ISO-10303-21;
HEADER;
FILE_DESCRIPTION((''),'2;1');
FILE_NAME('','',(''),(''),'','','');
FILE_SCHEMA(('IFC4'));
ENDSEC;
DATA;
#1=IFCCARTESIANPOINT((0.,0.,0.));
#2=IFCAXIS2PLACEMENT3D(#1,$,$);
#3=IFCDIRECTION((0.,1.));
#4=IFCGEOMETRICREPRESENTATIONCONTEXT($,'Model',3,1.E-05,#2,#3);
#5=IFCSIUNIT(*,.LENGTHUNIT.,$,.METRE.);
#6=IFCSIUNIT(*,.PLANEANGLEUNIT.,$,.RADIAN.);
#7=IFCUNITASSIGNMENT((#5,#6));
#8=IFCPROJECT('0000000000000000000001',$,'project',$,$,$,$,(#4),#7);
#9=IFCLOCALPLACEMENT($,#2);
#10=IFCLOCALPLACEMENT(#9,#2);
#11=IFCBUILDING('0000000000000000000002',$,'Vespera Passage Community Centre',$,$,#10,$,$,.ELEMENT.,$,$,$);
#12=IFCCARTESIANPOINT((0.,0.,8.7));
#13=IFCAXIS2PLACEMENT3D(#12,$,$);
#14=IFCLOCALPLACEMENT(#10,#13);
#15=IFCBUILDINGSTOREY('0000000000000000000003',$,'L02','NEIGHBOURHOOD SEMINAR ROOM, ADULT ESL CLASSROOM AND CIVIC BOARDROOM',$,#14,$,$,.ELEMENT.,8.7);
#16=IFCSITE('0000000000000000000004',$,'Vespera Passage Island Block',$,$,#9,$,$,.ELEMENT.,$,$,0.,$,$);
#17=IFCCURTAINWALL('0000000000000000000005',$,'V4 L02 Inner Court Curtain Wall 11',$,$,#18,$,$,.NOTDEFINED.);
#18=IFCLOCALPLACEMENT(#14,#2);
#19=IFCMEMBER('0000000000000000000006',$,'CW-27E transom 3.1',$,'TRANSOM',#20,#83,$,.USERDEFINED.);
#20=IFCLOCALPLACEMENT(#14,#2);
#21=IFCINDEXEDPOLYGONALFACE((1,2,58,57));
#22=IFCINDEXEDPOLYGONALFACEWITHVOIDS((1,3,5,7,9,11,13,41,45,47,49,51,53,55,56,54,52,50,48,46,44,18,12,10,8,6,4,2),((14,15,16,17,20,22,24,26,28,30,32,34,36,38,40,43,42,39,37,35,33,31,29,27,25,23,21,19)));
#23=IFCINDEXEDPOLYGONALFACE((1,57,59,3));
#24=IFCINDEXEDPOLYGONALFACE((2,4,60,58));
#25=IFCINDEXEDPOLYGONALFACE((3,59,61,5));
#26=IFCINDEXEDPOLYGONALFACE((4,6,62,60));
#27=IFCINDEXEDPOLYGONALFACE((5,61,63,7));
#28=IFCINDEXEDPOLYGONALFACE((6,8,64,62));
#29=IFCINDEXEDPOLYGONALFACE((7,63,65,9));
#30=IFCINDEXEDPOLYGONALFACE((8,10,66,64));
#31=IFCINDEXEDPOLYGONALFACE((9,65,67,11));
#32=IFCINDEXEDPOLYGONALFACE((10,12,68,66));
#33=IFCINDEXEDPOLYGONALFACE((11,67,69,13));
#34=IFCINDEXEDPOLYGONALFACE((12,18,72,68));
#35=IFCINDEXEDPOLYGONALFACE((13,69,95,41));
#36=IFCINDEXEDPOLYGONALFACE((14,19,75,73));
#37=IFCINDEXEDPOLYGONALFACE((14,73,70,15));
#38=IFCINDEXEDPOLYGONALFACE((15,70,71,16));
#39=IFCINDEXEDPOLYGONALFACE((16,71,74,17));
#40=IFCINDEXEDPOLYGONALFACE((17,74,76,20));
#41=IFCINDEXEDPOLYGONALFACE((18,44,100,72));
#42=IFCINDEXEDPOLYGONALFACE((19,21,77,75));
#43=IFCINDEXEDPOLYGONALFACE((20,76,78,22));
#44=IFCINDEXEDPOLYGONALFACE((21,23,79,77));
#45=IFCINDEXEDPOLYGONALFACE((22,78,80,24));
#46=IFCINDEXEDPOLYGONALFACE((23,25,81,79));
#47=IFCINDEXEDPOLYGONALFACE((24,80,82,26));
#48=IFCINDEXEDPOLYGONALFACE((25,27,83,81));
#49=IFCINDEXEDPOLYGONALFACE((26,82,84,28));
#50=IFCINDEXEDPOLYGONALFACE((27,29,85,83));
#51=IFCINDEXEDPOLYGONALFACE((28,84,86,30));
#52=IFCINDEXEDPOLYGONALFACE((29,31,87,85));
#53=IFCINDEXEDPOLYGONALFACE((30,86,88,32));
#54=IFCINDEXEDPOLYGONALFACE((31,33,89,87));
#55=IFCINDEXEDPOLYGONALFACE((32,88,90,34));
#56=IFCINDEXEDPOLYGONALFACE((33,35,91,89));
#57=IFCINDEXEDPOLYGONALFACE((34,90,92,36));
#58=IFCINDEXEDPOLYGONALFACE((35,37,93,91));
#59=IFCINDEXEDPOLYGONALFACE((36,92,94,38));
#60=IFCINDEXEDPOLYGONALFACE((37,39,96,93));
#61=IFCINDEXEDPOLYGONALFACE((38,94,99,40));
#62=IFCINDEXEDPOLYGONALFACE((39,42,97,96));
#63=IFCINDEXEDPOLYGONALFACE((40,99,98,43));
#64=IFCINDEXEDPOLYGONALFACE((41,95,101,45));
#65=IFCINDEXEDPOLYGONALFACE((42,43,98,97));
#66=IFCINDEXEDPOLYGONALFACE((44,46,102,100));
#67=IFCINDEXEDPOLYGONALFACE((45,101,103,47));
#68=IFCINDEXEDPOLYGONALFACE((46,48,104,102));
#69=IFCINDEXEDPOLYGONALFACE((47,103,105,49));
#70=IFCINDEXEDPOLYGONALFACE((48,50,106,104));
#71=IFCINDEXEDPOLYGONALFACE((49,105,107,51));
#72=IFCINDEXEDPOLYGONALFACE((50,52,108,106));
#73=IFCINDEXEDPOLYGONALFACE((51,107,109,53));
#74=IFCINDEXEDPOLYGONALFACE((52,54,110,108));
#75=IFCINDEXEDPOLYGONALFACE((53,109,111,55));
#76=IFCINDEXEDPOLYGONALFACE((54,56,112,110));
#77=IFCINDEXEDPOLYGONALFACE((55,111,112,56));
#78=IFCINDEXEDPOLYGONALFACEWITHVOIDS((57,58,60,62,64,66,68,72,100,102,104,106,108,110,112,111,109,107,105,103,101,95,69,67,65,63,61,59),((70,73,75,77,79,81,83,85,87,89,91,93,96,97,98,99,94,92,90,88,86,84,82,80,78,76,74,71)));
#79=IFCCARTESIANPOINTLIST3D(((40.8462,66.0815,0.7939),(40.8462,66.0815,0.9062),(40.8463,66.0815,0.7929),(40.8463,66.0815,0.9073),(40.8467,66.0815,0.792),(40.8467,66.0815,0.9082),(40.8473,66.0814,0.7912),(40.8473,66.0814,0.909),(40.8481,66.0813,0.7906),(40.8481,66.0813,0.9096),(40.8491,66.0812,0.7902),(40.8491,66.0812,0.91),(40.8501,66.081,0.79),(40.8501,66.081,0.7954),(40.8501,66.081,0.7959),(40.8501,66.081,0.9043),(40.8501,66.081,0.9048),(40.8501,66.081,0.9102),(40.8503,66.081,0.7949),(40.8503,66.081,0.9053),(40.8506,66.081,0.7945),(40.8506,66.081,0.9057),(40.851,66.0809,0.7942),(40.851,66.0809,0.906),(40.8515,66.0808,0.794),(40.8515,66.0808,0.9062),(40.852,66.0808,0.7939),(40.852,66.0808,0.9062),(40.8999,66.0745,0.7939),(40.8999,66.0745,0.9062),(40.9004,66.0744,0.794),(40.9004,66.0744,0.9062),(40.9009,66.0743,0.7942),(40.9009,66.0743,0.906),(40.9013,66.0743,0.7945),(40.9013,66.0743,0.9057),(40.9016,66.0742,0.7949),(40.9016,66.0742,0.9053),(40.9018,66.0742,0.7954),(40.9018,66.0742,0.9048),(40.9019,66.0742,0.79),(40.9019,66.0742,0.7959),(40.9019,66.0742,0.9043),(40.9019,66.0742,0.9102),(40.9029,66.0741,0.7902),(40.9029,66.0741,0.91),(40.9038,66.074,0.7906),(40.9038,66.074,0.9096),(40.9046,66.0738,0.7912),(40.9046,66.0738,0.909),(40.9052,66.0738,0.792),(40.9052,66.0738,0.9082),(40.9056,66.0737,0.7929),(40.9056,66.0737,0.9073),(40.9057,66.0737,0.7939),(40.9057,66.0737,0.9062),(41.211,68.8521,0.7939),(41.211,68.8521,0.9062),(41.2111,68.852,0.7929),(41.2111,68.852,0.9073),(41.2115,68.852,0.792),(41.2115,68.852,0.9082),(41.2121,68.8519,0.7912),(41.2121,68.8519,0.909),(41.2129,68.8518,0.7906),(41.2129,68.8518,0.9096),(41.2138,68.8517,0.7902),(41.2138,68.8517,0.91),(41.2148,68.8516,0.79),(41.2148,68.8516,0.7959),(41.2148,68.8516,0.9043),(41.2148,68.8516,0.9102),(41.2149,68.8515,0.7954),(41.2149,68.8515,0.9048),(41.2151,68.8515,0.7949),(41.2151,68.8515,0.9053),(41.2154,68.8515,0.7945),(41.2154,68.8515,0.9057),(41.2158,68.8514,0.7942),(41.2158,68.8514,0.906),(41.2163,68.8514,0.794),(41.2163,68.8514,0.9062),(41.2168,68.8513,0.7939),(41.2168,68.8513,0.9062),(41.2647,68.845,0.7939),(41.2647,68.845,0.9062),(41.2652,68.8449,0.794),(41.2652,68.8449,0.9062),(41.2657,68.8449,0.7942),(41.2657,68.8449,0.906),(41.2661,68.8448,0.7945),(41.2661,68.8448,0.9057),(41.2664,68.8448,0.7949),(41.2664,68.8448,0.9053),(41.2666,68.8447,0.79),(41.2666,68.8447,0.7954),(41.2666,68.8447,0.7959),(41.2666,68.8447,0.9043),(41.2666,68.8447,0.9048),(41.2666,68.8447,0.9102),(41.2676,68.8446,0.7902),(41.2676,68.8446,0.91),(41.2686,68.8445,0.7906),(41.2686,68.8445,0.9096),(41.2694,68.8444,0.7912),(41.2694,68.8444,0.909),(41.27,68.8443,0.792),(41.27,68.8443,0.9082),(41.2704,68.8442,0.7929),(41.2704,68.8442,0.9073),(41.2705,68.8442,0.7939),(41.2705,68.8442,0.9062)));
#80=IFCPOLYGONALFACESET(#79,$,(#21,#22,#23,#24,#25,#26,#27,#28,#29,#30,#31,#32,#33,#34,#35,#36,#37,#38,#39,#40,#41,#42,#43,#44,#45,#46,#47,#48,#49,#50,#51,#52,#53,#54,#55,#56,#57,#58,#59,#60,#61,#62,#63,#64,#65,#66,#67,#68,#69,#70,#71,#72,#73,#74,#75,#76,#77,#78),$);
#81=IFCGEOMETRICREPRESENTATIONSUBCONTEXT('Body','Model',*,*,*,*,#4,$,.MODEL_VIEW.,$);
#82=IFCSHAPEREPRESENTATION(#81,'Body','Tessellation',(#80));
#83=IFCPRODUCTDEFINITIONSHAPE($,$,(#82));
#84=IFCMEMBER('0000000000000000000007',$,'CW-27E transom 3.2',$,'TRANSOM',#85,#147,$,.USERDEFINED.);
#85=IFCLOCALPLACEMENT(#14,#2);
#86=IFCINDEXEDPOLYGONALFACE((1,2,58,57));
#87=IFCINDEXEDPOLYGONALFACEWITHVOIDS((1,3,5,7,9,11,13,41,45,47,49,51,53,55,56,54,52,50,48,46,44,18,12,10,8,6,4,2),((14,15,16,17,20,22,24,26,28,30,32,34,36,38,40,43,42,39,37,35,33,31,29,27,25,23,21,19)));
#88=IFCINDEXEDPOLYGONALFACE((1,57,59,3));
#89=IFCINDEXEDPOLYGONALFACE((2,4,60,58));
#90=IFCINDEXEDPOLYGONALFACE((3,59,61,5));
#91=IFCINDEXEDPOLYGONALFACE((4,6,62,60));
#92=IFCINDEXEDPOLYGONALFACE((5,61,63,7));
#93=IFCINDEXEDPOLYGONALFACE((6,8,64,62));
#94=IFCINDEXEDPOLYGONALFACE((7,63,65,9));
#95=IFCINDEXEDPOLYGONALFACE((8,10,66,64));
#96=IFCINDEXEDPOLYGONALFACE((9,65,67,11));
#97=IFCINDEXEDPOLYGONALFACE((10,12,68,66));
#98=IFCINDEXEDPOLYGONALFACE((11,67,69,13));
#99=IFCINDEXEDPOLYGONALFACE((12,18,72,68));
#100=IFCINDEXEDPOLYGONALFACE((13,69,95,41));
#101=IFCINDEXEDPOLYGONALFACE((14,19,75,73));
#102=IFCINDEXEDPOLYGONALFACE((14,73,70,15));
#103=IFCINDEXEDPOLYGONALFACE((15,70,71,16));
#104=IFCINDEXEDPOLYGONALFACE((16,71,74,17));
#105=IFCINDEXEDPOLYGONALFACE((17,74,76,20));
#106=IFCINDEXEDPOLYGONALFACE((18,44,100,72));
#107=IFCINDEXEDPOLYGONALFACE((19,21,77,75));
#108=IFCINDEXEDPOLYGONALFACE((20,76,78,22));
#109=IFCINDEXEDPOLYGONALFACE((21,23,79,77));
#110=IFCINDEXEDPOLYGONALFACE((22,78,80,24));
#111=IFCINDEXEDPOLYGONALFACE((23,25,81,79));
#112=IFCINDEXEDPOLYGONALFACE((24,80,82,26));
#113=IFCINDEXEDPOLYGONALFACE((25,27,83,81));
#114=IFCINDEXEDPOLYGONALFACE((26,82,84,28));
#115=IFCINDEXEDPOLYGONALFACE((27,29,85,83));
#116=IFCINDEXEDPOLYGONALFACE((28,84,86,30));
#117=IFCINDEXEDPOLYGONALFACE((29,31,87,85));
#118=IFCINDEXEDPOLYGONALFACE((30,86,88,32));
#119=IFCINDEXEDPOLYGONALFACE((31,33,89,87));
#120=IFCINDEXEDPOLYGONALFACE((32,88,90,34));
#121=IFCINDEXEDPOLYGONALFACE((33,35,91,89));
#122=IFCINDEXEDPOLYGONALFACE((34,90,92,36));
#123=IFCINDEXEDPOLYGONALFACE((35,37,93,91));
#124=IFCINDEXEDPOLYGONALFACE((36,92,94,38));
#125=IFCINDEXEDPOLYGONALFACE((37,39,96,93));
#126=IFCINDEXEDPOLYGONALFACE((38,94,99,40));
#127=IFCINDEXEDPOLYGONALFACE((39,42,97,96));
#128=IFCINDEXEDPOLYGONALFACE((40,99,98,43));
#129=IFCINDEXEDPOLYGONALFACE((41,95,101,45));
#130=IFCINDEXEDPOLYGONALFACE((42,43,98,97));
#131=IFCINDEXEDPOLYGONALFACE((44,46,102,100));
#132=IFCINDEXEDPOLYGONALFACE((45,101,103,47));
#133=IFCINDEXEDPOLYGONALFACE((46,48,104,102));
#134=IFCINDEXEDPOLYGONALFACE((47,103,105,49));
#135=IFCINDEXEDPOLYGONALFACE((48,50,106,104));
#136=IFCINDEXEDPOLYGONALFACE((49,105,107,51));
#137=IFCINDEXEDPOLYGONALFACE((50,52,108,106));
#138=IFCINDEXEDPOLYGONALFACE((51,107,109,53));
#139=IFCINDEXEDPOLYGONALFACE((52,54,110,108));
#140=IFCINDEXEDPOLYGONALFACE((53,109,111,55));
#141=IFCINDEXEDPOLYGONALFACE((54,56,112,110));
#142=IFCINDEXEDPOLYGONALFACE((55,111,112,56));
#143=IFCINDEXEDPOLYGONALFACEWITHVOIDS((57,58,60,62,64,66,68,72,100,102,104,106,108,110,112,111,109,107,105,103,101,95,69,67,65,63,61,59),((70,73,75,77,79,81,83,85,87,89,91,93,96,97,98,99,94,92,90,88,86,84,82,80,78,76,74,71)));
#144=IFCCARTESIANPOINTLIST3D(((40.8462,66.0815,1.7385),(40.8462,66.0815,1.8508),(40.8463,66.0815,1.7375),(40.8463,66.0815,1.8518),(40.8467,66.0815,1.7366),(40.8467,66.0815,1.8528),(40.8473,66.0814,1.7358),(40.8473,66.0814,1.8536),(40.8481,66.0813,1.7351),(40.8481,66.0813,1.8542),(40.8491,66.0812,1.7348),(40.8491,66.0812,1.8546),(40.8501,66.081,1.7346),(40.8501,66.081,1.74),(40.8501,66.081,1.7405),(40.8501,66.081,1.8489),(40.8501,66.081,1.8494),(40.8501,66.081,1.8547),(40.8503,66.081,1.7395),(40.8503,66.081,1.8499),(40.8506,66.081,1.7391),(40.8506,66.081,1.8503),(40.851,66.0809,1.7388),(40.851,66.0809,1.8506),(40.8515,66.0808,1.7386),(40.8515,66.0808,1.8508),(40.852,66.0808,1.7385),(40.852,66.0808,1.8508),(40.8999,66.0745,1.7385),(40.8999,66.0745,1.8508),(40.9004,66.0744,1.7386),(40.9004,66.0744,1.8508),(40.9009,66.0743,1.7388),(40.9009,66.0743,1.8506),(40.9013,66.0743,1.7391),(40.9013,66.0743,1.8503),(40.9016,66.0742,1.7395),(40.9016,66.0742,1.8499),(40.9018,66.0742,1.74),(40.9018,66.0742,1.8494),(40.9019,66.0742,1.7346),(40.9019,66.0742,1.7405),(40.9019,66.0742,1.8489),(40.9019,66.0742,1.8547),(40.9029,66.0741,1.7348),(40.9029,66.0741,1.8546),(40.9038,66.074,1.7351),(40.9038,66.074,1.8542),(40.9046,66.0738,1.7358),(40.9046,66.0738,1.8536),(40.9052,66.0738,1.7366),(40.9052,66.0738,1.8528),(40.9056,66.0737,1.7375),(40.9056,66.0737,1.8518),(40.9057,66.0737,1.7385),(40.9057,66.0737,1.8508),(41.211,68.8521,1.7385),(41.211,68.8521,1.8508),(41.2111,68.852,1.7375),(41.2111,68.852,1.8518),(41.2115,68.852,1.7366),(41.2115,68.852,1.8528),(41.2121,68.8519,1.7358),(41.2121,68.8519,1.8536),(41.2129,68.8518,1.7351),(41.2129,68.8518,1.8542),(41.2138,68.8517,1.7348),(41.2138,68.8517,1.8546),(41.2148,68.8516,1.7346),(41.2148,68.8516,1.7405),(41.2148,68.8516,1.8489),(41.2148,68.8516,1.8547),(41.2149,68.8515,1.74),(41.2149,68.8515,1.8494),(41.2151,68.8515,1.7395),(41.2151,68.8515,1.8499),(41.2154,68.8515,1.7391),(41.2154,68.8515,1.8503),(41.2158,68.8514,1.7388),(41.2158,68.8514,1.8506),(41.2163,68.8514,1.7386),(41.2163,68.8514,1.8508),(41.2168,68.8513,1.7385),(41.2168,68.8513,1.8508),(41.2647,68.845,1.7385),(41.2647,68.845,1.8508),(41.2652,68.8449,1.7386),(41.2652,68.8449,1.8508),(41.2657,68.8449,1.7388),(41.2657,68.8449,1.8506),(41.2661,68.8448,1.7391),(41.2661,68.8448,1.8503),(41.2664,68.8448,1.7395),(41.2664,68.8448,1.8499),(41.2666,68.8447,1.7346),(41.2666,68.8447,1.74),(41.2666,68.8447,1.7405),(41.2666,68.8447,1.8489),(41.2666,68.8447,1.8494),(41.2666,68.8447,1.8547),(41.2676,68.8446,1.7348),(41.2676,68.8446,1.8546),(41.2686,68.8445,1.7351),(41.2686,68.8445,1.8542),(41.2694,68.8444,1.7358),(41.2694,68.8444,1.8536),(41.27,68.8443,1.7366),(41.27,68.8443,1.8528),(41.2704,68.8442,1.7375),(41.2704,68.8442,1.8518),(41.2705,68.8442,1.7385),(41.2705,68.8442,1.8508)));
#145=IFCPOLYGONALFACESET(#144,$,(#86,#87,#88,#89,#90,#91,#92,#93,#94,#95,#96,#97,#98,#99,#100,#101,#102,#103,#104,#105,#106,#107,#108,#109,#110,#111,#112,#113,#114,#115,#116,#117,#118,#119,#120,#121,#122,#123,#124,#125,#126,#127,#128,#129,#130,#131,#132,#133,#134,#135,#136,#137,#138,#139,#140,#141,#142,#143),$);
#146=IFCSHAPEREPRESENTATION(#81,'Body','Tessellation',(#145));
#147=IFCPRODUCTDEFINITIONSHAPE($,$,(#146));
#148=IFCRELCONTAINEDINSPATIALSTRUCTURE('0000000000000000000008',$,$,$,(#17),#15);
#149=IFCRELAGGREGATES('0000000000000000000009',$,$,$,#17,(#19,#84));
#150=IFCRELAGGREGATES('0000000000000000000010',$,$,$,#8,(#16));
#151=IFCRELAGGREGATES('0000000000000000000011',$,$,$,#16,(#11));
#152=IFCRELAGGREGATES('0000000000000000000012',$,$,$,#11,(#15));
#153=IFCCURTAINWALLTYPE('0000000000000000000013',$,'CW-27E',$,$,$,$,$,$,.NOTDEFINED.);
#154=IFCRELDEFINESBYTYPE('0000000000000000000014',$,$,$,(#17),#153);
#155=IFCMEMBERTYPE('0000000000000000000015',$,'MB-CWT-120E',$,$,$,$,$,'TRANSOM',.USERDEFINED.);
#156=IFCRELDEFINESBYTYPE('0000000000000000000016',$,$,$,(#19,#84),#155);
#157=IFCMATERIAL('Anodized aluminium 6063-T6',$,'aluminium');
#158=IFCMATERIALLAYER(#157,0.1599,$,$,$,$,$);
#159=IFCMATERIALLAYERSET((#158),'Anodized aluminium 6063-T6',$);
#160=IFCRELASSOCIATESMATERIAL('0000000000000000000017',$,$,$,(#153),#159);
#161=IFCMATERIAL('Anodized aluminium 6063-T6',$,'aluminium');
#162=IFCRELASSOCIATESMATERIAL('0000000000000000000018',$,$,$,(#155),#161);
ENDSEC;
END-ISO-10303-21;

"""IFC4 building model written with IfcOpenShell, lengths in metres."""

from ifc_helpers import new_model, si_unit, direction, frame, origin, origin_2d, place, context, subcontext, project, spatial, hollow_rectangle, extrude, material, layer, layer_set, material_profile, profile_set, type_object, element, aggregate, save


model = new_model("IFC4")

# Units and contexts
model_context = context("Model", 3, precision=1e-05, world=origin(), true_north=direction((0.0, 1.0)))
body_context = subcontext(model_context, "Body", "Model", "MODEL_VIEW")
ifc_project = project(units=[si_unit("LENGTHUNIT", "METRE"), si_unit("PLANEANGLEUNIT", "RADIAN")], contexts=[model_context])

# Site, building, storey
site_placement = place(None, origin())
site = spatial("IfcSite", under=ifc_project, at=site_placement, Name="Vespera Passage Island Block", CompositionType="ELEMENT", RefElevation=0.0)
building_placement = place(site_placement, origin())
building = spatial("IfcBuilding", under=site, at=building_placement, Name="Vespera Passage Community Centre", CompositionType="ELEMENT")
storey_placement = place(building_placement, frame((0.0, 0.0, 8.7)))
storey = spatial("IfcBuildingStorey", under=building, at=storey_placement, Name="L02", Description="NEIGHBOURHOOD SEMINAR ROOM, ADULT ESL CLASSROOM AND CIVIC BOARDROOM", CompositionType="ELEMENT", Elevation=8.7)

# Curtain wall
ifc_material_1 = material(Name="Anodized aluminium 6063-T6", Category="aluminium")
ifc_layer_1 = layer(ifc_material_1, 0.1599)
ifc_layer_set_1 = layer_set([ifc_layer_1], Name="Anodized aluminium 6063-T6")
curtain_wall_type_1 = type_object("IfcCurtainWallType", Name="CW-27E", PredefinedType="NOTDEFINED", material=ifc_layer_set_1)
curtain_wall_1_placement = place(storey_placement, origin())
curtain_wall_1 = element("IfcCurtainWall", 1, at=curtain_wall_1_placement, inside=storey, type_object=curtain_wall_type_1, Name="V4 L02 Inner Court Curtain Wall 11", PredefinedType="NOTDEFINED")

# Members
ifc_material_2 = material(Name="Anodized aluminium 6063-T6", Category="aluminium")
ifc_material_profile_1 = material_profile(ifc_material_2, hollow_rectangle(XDim=0.0601, YDim=0.1201, WallThickness=0.0039, InnerFilletRadius=0.002, OuterFilletRadius=0.0039, at=origin_2d()), Name="ALU120X60X4")
ifc_profile_set_1 = profile_set([ifc_material_profile_1], Name="Anodized aluminium 6063-T6")
member_type_1 = type_object("IfcMemberType", Name="MB-CWT-120E", ElementType="TRANSOM", PredefinedType="USERDEFINED", material=ifc_profile_set_1)
member_1_placement = place(storey_placement, frame((41.2407, 68.8481, 0.8501), z_axis=(-0.130527, -0.991445, 0.0), x_axis=(0.991445, -0.130527, 0.0)))
member_1 = element("IfcMember", 2, at=member_1_placement, type_object=member_type_1, Name="CW-27E transom 3.1", ObjectType="TRANSOM", PredefinedType="USERDEFINED", context=body_context, shape_type="SweptSolid", body=[
    extrude(hollow_rectangle(XDim=0.0601, YDim=0.1201, WallThickness=0.0039, InnerFilletRadius=0.002, OuterFilletRadius=0.0039, at=origin_2d()), origin(), (0.0, 0.0, 1.0), 2.7944),
])
member_2_placement = place(storey_placement, frame((41.2407, 68.8481, 1.7947), z_axis=(-0.130527, -0.991445, 0.0), x_axis=(0.991445, -0.130527, 0.0)))
member_2 = element("IfcMember", 3, at=member_2_placement, type_object=member_type_1, Name="CW-27E transom 3.2", ObjectType="TRANSOM", PredefinedType="USERDEFINED", context=body_context, shape_type="SweptSolid", body=[
    extrude(hollow_rectangle(XDim=0.0601, YDim=0.1201, WallThickness=0.0039, InnerFilletRadius=0.002, OuterFilletRadius=0.0039, at=origin_2d()), origin(), (0.0, 0.0, 1.0), 2.7944),
])

aggregate(curtain_wall_1, [member_1, member_2])

save(model, "model.ifc")
